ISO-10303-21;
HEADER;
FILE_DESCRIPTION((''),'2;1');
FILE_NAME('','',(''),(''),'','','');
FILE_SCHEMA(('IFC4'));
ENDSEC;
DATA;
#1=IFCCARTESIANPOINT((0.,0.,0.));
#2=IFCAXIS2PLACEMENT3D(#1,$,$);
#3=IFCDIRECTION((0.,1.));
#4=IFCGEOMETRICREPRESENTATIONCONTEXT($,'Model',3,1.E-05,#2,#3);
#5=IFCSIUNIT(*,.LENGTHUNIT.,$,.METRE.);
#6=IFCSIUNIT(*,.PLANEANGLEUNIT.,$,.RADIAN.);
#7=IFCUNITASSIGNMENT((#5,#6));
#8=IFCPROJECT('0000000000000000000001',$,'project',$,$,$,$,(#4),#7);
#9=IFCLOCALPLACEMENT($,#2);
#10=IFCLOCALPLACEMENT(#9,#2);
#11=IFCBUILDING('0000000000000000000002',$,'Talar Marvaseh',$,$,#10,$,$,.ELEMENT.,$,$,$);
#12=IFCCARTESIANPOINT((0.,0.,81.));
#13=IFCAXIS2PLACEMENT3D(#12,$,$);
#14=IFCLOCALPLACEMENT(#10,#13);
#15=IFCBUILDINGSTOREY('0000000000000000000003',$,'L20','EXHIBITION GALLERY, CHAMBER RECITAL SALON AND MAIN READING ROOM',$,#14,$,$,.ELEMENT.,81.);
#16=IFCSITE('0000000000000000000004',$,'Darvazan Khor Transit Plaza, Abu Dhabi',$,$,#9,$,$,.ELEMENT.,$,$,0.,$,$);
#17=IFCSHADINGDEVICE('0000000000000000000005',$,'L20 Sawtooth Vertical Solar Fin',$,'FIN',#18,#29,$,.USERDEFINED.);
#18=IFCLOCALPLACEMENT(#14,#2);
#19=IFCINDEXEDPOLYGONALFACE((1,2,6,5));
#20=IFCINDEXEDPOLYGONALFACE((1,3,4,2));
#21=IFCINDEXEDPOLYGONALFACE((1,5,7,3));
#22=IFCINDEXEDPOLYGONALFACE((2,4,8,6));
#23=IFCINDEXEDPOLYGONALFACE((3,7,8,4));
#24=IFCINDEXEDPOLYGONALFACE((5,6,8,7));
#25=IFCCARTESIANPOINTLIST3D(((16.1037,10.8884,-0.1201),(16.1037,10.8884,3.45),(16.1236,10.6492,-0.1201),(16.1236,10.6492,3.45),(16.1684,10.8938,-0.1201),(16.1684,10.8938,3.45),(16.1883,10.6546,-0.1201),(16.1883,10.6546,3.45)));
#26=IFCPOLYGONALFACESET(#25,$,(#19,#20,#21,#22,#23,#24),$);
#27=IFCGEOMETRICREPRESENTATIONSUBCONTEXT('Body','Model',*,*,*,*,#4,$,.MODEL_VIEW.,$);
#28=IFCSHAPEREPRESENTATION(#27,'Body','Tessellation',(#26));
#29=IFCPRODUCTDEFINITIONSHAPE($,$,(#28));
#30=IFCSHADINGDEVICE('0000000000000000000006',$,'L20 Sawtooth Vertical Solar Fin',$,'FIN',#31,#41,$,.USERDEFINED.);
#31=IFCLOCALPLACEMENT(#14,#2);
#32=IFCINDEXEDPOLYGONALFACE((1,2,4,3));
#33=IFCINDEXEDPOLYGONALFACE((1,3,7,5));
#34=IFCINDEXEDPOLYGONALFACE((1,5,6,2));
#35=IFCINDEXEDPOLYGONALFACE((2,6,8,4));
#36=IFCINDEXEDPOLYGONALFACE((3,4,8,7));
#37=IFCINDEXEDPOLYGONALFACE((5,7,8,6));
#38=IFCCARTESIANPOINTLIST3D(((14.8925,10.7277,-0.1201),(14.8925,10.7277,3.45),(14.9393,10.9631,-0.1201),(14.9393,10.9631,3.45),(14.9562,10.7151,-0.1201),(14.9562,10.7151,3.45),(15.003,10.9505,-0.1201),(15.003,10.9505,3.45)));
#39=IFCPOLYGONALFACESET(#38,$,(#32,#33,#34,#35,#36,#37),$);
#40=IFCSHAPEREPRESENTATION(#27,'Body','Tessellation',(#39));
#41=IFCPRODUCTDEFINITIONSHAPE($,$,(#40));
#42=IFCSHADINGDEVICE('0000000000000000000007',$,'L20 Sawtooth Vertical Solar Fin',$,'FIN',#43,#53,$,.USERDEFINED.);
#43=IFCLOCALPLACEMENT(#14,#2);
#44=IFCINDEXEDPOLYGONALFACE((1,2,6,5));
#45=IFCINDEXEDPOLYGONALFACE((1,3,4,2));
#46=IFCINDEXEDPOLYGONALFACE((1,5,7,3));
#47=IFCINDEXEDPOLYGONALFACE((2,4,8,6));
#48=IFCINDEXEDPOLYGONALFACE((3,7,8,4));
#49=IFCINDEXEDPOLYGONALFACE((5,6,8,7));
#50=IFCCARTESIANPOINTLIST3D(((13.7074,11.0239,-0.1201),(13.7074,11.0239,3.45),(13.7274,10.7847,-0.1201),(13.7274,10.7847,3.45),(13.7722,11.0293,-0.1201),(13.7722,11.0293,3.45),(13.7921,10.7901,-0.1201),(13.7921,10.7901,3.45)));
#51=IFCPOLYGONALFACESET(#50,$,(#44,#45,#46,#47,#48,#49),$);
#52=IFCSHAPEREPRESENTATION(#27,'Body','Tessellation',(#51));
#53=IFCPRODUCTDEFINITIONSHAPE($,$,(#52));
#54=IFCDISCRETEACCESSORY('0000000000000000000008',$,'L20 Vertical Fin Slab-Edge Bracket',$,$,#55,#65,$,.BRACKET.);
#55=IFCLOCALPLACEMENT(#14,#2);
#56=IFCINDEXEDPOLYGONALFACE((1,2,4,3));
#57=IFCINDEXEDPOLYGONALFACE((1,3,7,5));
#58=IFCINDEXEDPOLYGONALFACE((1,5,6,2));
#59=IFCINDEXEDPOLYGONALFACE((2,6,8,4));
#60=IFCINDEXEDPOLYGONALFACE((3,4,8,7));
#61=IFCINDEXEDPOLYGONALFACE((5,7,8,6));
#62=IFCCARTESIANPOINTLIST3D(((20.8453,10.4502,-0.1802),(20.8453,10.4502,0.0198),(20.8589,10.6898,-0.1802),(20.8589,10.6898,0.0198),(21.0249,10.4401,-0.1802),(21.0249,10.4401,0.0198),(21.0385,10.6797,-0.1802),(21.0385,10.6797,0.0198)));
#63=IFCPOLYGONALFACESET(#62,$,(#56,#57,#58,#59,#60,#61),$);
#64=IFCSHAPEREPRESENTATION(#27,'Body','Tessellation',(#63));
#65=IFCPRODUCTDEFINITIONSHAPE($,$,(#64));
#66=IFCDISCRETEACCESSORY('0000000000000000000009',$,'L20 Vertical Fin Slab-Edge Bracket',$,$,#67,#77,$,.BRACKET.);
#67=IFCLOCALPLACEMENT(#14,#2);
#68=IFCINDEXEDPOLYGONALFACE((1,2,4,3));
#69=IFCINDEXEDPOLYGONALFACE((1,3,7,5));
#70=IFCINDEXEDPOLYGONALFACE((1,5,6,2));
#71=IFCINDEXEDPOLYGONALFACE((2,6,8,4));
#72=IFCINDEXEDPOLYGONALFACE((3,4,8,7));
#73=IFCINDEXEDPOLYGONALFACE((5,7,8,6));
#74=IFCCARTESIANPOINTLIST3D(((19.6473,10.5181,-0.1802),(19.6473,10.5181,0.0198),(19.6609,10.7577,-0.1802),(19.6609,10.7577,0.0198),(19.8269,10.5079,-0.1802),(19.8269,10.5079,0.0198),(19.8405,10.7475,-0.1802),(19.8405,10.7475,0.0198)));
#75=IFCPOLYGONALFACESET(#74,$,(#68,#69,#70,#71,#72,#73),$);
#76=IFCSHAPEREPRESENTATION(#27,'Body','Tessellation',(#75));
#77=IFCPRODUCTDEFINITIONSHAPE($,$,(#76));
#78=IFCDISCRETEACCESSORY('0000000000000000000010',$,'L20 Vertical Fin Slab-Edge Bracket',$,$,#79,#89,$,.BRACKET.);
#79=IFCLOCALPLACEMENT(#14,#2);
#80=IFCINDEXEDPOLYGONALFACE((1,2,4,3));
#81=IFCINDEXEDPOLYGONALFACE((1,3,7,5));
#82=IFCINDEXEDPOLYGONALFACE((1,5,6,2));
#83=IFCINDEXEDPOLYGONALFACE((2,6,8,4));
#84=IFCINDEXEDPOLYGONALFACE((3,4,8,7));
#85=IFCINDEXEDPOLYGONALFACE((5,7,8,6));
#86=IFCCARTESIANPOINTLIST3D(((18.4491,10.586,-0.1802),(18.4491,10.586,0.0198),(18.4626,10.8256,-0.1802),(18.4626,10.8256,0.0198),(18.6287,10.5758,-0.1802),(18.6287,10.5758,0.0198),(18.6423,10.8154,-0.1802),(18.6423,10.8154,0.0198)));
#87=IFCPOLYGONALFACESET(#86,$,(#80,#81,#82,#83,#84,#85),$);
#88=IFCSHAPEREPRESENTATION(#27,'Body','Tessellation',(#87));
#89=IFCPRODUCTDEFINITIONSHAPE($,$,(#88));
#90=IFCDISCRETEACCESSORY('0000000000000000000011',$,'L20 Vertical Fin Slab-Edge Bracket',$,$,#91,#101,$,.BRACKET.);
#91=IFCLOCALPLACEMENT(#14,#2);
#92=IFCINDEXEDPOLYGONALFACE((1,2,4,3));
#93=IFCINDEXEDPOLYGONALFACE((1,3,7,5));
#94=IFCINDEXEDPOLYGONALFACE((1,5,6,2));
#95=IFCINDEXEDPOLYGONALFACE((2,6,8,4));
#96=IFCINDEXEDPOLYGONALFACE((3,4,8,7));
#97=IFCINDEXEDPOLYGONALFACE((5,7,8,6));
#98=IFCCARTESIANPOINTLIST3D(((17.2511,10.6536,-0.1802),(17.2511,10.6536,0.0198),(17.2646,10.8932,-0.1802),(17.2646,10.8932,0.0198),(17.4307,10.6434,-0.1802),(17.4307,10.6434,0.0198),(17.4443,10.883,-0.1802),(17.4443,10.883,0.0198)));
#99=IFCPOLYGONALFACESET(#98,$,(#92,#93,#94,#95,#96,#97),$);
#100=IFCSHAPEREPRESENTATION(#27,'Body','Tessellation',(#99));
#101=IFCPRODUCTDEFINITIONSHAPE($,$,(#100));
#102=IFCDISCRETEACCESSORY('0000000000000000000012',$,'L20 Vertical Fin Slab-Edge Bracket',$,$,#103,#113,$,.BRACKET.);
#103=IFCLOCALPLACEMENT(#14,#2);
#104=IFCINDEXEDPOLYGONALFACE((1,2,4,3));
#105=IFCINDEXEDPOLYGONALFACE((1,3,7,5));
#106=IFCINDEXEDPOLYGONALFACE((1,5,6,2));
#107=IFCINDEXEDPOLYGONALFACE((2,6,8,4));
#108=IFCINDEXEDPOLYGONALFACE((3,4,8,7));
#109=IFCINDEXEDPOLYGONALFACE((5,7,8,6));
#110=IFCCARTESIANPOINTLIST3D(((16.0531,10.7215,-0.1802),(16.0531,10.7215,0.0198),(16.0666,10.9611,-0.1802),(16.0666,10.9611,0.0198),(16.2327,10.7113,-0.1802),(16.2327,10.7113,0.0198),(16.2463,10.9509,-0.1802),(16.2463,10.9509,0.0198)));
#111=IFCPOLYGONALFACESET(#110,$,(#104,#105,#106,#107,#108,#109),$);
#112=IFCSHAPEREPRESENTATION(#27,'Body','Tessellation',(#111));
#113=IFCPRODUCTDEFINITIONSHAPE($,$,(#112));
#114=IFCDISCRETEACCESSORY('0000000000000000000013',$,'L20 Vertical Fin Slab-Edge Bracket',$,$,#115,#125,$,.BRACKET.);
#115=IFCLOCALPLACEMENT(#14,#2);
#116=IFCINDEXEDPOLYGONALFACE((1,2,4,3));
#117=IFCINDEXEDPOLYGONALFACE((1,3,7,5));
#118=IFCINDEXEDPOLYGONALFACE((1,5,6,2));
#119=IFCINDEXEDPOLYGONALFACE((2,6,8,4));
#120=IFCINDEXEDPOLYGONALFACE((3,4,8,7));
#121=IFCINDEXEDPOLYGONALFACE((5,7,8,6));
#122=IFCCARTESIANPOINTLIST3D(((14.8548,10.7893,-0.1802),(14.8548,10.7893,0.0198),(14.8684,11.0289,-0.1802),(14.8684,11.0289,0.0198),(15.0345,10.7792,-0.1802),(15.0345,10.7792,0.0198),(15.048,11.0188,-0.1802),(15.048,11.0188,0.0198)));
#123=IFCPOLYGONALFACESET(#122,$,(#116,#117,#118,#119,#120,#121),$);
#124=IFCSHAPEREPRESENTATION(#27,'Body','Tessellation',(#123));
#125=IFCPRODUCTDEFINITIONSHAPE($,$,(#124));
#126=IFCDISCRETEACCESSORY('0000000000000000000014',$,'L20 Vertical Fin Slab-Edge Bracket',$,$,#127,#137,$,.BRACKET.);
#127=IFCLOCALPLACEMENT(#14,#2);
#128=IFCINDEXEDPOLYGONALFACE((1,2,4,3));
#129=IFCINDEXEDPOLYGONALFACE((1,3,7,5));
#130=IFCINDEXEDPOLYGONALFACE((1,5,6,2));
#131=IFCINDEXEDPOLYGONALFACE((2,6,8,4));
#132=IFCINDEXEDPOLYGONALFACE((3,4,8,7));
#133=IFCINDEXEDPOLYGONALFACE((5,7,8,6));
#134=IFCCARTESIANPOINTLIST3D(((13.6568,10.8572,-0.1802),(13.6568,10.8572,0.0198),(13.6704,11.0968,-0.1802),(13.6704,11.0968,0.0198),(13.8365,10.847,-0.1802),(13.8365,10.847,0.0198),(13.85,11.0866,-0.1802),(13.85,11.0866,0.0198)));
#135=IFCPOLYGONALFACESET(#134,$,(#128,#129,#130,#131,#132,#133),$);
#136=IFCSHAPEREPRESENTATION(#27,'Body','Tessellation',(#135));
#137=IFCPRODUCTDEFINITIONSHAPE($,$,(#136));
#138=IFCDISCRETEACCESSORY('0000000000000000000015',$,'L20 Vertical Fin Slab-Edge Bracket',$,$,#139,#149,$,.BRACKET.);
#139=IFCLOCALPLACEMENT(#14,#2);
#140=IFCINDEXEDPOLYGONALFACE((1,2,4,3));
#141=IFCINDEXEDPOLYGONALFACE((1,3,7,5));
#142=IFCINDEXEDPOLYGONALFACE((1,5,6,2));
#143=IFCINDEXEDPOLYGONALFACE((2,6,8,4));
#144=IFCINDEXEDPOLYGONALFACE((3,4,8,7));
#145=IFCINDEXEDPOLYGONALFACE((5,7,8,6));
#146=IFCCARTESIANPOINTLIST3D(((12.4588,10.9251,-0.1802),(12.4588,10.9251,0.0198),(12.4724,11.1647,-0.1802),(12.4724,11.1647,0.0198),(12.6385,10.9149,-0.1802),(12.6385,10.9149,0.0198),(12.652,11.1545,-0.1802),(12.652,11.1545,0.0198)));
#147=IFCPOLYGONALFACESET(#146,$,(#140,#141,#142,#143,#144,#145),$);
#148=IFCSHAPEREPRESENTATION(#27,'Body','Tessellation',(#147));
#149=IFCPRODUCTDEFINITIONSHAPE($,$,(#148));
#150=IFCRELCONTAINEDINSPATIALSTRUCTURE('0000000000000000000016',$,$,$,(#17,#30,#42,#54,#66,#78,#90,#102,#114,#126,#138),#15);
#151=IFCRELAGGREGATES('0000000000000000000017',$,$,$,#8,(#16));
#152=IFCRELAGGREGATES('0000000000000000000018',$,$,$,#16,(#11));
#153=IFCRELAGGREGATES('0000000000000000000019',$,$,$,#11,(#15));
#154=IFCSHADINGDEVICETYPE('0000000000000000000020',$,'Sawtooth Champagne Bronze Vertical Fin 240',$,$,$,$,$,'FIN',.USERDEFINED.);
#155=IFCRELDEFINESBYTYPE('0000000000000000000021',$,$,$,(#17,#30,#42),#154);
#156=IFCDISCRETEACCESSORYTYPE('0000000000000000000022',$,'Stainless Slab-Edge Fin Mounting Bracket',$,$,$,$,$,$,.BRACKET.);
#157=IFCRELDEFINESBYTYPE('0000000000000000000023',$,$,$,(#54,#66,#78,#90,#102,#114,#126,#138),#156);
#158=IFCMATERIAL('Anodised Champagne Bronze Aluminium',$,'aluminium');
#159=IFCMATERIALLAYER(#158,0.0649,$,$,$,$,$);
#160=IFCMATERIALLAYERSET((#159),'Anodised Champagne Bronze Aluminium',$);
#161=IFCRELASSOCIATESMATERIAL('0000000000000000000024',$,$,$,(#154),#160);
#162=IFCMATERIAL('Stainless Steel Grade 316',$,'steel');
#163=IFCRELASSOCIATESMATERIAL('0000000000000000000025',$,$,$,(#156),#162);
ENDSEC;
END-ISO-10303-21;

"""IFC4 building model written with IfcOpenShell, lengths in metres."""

from ifc_helpers import new_model, si_unit, direction, frame, origin, origin_2d, place, context, subcontext, project, spatial, rectangle, extrude, source, transform, mapped, material, layer, layer_set, type_object, type_shapes, element, save


model = new_model("IFC4")

# Units and contexts
model_context = context("Model", 3, precision=1e-05, world=origin(), true_north=direction((0.0, 1.0)))
body_context = subcontext(model_context, "Body", "Model", "MODEL_VIEW")
ifc_project = project(units=[si_unit("LENGTHUNIT", "METRE"), si_unit("PLANEANGLEUNIT", "RADIAN")], contexts=[model_context])

# Site, building, storey
site_placement = place(None, origin())
site = spatial("IfcSite", under=ifc_project, at=site_placement, Name="Darvazan Khor Transit Plaza, Abu Dhabi", CompositionType="ELEMENT", RefElevation=0.0)
building_placement = place(site_placement, origin())
building = spatial("IfcBuilding", under=site, at=building_placement, Name="Talar Marvaseh", CompositionType="ELEMENT")
storey_placement = place(building_placement, frame((0.0, 0.0, 81.0)))
storey = spatial("IfcBuildingStorey", under=building, at=storey_placement, Name="L20", Description="EXHIBITION GALLERY, CHAMBER RECITAL SALON AND MAIN READING ROOM", CompositionType="ELEMENT", Elevation=81.0)

# Shading devices
ifc_material_1 = material(Name="Anodised Champagne Bronze Aluminium", Category="aluminium")
ifc_layer_1 = layer(ifc_material_1, 0.0649)
ifc_layer_set_1 = layer_set([ifc_layer_1], Name="Anodised Champagne Bronze Aluminium")
shading_device_type = type_object("IfcShadingDeviceType", Name="Sawtooth Champagne Bronze Vertical Fin 240", ElementType="FIN", PredefinedType="USERDEFINED", material=ifc_layer_set_1)
shared_shape_1 = source(origin(), body_context, "Body", "SweptSolid", [
    extrude(rectangle(XDim=0.24, YDim=0.0649, at=origin_2d()), origin(), (0.0, 0.0, 1.0), 3.5701),
])
type_shapes(shading_device_type, [shared_shape_1])
for number, where, z_axis, x_axis, name in (
    (1, (16.146, 10.7715, -0.1201), (0.0, 0.0, 1.0), (0.082982, -0.996551, 0.0), "L20 Sawtooth Vertical Solar Fin"),
    (2, (14.9478, 10.8391, -0.1201), (0.0, 0.0, 1.0), (-0.194919, -0.980819, 0.0), "L20 Sawtooth Vertical Solar Fin"),
    (3, (13.7498, 10.907, -0.1201), (0.0, 0.0, 1.0), (0.082982, -0.996551, 0.0), "L20 Sawtooth Vertical Solar Fin"),
):
    element("IfcShadingDevice", number, at=place(storey_placement, frame(where, z_axis=z_axis, x_axis=x_axis)), inside=storey, type_object=shading_device_type, Name=name, ObjectType="FIN", PredefinedType="USERDEFINED", context=body_context, shape_type="MappedRepresentation", body=[
        mapped(shared_shape_1, transform((0.0, 0.0, 0.0), x_axis=(1.0, 0.0, 0.0), y_axis=(0.0, 1.0, 0.0), z_axis=(0.0, 0.0, 1.0), scale=1.0)),
    ])

# Discrete accessories
ifc_material_2 = material(Name="Stainless Steel Grade 316", Category="steel")
discrete_accessory_type = type_object("IfcDiscreteAccessoryType", Name="Stainless Slab-Edge Fin Mounting Bracket", PredefinedType="BRACKET", material=ifc_material_2)
shared_shape_2 = source(origin(), body_context, "Body", "SweptSolid", [
    extrude(rectangle(XDim=0.24, YDim=0.1799, at=origin_2d()), origin(), (0.0, 0.0, 1.0), 0.2),
])
type_shapes(discrete_accessory_type, [shared_shape_2])
for number, where, z_axis, x_axis, name in (
    (4, (20.9419, 10.5649, -0.1802), (0.0, 0.0, 1.0), (-0.056519, -0.998402, 0.0), "L20 Vertical Fin Slab-Edge Bracket"),
    (5, (19.7439, 10.6328, -0.1802), (0.0, 0.0, 1.0), (-0.056519, -0.998402, 0.0), "L20 Vertical Fin Slab-Edge Bracket"),
    (6, (18.5457, 10.7007, -0.1802), (0.0, 0.0, 1.0), (-0.056519, -0.998402, 0.0), "L20 Vertical Fin Slab-Edge Bracket"),
    (7, (17.3477, 10.7683, -0.1802), (0.0, 0.0, 1.0), (-0.056519, -0.998402, 0.0), "L20 Vertical Fin Slab-Edge Bracket"),
    (8, (16.1497, 10.8362, -0.1802), (0.0, 0.0, 1.0), (-0.056519, -0.998402, 0.0), "L20 Vertical Fin Slab-Edge Bracket"),
    (9, (14.9514, 10.9041, -0.1802), (0.0, 0.0, 1.0), (-0.056519, -0.998402, 0.0), "L20 Vertical Fin Slab-Edge Bracket"),
    (10, (13.7534, 10.9719, -0.1802), (0.0, 0.0, 1.0), (-0.056519, -0.998402, 0.0), "L20 Vertical Fin Slab-Edge Bracket"),
    (11, (12.5554, 11.0398, -0.1802), (0.0, 0.0, 1.0), (-0.056519, -0.998402, 0.0), "L20 Vertical Fin Slab-Edge Bracket"),
):
    element("IfcDiscreteAccessory", number, at=place(storey_placement, frame(where, z_axis=z_axis, x_axis=x_axis)), inside=storey, type_object=discrete_accessory_type, Name=name, PredefinedType="BRACKET", context=body_context, shape_type="MappedRepresentation", body=[
        mapped(shared_shape_2, transform((0.0, 0.0, 0.0), x_axis=(1.0, 0.0, 0.0), y_axis=(0.0, 1.0, 0.0), z_axis=(0.0, 0.0, 1.0), scale=1.0)),
    ])

save(model, "model.ifc")
